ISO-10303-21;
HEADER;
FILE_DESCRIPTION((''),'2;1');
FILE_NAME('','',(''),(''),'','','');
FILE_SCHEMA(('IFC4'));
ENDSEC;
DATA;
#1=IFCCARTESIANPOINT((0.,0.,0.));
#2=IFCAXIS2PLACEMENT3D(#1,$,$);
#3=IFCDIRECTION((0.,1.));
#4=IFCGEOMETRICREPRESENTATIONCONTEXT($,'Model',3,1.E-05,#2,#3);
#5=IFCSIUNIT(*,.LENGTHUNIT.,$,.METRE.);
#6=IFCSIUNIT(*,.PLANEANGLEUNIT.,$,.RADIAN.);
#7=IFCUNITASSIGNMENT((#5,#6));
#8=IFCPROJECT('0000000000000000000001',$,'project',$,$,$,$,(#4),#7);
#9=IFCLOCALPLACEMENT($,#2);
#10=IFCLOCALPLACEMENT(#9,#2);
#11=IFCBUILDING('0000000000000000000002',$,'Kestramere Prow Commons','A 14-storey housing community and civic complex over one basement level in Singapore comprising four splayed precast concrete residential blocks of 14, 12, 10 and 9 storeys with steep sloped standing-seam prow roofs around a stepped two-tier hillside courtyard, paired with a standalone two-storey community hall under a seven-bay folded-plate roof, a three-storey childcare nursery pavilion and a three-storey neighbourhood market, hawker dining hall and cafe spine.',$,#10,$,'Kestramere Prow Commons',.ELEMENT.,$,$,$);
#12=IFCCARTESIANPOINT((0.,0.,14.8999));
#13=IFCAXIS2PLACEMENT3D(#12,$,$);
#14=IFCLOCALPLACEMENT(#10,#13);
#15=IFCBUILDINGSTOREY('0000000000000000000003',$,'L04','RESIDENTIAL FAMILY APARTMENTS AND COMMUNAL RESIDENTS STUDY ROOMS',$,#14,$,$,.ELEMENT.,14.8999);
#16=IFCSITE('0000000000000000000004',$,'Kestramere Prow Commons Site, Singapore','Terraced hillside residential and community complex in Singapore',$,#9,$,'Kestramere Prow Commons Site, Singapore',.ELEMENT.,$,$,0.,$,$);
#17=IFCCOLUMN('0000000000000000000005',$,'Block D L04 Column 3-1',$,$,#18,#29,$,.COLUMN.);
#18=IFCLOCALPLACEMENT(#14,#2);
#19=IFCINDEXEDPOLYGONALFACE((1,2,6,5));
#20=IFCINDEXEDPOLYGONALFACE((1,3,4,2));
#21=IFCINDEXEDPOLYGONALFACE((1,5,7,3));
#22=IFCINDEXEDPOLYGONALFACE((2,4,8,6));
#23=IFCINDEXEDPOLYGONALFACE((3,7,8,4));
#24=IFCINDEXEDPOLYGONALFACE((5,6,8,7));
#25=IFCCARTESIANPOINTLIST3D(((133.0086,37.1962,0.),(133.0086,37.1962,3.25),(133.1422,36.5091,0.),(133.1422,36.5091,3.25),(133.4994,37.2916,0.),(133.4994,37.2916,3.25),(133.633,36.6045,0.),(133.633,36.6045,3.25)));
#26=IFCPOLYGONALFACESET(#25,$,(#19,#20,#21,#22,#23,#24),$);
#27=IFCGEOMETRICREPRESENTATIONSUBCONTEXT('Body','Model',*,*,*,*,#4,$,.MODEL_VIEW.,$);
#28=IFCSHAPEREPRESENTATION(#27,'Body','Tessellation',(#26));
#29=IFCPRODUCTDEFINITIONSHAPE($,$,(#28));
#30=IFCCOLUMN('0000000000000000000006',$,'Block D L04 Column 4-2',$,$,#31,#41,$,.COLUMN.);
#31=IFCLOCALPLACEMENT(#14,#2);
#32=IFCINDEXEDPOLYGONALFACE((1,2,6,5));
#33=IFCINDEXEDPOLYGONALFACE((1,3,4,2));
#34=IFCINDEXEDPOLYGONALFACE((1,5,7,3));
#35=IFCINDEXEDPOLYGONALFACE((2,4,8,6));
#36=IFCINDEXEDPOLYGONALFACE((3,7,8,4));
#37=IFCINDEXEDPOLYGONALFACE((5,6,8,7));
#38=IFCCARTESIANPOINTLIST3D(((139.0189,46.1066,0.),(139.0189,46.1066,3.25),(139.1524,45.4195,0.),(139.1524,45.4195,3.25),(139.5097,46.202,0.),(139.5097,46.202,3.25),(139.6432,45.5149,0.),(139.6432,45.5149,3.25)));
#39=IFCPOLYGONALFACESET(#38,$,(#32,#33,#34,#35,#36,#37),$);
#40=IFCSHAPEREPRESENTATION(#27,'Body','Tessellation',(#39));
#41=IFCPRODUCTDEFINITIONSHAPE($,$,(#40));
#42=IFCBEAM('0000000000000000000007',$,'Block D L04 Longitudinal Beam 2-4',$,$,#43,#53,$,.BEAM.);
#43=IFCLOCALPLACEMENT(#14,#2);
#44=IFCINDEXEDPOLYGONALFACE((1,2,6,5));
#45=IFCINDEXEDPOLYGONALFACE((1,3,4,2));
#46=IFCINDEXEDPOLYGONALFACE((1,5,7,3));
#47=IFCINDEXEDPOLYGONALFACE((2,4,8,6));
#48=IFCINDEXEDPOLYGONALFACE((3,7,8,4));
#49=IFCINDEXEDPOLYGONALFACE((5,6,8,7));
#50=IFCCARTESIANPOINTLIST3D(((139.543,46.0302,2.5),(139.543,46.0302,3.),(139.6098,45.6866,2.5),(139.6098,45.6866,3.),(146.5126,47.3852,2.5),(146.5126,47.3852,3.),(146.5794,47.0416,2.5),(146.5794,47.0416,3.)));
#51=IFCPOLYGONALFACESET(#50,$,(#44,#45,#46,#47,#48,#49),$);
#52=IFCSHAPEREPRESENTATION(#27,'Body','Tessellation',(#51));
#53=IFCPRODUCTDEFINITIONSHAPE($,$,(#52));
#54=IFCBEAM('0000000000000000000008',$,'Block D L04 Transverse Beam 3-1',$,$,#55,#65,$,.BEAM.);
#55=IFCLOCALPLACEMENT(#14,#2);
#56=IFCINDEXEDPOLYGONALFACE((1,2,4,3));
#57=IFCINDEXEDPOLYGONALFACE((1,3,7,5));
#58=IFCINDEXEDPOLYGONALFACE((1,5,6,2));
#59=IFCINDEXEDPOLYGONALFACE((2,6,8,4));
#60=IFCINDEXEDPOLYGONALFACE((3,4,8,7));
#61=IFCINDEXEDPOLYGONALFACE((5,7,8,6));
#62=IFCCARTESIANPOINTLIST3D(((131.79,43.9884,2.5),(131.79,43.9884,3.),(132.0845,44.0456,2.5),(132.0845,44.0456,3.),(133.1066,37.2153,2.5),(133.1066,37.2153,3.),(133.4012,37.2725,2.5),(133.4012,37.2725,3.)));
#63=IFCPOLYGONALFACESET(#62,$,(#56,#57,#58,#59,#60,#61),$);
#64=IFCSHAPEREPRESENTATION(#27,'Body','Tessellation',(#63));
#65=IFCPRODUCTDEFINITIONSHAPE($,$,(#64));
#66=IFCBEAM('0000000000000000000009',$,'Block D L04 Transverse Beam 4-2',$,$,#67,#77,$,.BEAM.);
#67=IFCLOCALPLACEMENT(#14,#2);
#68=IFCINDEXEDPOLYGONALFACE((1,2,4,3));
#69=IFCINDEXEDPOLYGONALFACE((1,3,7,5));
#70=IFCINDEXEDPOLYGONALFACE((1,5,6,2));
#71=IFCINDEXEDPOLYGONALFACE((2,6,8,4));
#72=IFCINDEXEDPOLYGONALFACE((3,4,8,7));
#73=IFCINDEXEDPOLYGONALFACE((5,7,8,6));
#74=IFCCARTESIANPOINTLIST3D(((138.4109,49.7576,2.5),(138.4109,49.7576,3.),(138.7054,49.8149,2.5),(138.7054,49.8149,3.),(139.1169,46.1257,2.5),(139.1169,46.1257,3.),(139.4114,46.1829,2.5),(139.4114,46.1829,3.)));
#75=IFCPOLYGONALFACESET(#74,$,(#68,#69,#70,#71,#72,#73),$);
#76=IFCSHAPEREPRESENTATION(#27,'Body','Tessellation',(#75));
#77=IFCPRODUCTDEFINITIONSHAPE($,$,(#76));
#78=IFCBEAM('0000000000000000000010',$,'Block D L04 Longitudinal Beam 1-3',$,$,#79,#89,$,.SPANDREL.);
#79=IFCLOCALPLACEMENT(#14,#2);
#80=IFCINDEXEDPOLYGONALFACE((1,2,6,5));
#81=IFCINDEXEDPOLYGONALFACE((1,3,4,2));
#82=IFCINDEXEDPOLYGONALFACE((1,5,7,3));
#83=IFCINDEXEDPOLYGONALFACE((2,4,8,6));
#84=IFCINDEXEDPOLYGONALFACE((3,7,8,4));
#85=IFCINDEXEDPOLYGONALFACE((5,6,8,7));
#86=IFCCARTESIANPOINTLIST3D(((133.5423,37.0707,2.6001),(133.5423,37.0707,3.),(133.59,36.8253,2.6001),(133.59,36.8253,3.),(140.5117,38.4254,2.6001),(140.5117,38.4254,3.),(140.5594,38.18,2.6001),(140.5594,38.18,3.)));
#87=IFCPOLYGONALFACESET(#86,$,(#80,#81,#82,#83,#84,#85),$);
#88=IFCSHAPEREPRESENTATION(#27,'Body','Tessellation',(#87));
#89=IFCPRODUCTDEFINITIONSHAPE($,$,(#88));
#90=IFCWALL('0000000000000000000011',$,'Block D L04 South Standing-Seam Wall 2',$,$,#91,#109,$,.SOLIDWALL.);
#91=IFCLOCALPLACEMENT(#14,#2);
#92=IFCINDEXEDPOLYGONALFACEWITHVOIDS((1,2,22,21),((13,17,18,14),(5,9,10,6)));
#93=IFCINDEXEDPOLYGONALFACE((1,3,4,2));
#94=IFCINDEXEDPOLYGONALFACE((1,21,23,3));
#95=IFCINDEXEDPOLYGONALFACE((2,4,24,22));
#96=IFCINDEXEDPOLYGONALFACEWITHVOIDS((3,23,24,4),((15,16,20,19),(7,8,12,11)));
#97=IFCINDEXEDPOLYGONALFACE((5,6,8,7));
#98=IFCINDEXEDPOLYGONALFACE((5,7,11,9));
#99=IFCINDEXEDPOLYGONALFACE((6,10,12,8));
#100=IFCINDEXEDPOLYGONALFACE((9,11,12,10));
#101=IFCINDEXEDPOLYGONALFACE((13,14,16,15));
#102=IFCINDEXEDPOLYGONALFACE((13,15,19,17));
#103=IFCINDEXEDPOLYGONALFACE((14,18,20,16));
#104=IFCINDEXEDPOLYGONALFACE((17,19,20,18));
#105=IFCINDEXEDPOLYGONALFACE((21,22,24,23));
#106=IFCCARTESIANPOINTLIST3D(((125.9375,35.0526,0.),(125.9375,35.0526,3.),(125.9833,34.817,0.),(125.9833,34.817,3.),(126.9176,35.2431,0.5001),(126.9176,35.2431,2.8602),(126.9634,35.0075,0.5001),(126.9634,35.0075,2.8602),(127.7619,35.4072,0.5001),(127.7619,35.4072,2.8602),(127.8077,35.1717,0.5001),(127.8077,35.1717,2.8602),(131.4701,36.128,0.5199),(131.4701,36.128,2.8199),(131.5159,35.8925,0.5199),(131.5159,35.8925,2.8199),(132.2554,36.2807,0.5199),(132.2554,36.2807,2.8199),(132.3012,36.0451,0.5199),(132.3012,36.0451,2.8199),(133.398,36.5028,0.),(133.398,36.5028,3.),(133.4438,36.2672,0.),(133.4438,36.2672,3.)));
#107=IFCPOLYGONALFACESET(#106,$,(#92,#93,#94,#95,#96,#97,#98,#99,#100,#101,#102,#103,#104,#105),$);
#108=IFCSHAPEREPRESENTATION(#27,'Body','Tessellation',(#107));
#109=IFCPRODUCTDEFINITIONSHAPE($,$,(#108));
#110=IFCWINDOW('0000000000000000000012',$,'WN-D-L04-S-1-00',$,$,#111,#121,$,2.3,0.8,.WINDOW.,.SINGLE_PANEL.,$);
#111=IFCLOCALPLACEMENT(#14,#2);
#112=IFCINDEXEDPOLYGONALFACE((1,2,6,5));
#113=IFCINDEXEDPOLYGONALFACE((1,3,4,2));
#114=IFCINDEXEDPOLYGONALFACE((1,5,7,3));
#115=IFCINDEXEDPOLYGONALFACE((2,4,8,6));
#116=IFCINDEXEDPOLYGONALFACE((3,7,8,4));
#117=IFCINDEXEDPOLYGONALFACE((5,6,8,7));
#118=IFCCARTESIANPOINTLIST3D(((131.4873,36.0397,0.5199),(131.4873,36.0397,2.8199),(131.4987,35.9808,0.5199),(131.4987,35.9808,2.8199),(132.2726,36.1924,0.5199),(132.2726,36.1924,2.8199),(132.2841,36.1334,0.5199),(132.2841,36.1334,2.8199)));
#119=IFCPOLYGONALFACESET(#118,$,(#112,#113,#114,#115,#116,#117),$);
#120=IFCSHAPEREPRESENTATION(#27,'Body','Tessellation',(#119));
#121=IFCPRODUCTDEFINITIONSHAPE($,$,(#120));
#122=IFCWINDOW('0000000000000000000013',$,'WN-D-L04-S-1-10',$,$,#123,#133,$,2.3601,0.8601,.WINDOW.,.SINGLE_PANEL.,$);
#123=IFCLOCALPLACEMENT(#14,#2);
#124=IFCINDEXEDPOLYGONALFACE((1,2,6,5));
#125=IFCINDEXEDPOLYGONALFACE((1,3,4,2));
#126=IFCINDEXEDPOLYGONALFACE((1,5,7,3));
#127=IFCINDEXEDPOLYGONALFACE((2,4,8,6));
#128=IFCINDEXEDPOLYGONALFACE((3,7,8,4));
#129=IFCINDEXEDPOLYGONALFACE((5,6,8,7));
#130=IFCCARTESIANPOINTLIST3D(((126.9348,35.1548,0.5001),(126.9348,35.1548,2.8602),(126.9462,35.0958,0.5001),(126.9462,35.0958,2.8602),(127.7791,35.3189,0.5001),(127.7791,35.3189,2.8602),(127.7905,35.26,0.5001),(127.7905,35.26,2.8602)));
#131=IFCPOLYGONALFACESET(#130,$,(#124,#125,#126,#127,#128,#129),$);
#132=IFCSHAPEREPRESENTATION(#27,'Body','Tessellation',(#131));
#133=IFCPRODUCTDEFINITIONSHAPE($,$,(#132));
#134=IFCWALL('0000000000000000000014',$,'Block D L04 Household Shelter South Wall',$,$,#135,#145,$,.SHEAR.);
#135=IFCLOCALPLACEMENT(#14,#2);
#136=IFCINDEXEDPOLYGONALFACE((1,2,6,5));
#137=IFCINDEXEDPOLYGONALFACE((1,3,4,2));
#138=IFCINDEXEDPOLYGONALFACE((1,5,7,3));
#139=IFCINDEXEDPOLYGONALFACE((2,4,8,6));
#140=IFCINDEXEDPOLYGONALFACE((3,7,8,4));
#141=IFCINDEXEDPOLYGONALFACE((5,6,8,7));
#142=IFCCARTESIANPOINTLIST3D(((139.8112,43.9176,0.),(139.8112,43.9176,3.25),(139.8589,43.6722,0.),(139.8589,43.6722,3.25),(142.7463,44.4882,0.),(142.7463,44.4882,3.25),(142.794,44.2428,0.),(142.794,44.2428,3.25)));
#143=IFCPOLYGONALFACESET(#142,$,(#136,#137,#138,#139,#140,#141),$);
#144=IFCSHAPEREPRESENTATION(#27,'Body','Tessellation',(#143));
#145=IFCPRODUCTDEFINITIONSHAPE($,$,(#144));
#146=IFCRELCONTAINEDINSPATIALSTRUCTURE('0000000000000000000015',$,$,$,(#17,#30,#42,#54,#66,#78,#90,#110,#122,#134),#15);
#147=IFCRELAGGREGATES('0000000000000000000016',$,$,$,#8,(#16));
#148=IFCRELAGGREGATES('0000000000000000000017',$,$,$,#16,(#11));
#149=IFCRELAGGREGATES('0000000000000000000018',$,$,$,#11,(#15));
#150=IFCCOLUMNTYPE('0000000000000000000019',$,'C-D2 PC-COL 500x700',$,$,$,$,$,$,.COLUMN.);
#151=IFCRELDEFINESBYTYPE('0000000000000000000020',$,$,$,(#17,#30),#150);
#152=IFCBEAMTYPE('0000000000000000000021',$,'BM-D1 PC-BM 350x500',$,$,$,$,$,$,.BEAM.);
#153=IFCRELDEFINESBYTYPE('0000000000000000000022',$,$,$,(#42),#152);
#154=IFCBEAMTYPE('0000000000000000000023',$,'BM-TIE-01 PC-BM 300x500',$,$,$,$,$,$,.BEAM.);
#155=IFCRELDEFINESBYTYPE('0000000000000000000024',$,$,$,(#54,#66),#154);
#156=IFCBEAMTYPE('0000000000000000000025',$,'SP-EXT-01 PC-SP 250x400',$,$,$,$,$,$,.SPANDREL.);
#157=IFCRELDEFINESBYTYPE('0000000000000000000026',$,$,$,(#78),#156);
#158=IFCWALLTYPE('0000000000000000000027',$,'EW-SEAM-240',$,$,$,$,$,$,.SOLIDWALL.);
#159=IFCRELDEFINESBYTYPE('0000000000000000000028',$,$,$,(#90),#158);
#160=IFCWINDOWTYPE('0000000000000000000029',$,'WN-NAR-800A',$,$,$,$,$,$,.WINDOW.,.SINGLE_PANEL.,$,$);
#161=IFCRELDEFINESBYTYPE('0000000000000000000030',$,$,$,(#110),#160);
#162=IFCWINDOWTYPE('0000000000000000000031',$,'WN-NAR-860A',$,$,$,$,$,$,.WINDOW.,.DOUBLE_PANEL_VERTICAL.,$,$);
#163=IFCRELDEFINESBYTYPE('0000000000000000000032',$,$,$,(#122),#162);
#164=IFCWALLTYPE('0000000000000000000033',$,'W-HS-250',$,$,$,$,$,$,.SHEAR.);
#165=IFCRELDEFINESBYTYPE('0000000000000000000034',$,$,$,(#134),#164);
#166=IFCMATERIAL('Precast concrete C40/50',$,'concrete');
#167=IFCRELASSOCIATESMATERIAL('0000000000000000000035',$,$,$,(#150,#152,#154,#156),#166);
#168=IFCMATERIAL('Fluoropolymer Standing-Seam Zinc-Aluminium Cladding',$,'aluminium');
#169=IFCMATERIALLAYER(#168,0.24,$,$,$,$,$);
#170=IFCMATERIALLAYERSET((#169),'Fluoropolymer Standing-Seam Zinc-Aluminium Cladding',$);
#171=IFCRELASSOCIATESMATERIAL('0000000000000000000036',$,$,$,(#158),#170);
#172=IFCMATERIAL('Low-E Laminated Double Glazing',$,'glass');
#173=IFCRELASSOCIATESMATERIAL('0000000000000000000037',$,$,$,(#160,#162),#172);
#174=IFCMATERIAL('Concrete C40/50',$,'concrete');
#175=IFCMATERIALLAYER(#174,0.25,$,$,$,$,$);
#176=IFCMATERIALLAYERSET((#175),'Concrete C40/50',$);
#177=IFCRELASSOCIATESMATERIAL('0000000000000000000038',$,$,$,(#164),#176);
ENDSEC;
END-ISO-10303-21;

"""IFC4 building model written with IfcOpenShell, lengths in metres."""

from ifc_helpers import new_model, si_unit, direction, frame, frame_2d, origin, origin_2d, place, context, subcontext, project, spatial, rectangle, extrude, material, layer, layer_set, material_profile, profile_set, type_object, element, fill, save


model = new_model("IFC4")

# Units and contexts
model_context = context("Model", 3, precision=1e-05, world=origin(), true_north=direction((0.0, 1.0)))
body_context = subcontext(model_context, "Body", "Model", "MODEL_VIEW")
ifc_project = project(units=[si_unit("LENGTHUNIT", "METRE"), si_unit("PLANEANGLEUNIT", "RADIAN")], contexts=[model_context])

# Site, building, storey
site_placement = place(None, origin())
site = spatial("IfcSite", under=ifc_project, at=site_placement, Name="Kestramere Prow Commons Site, Singapore", Description="Terraced hillside residential and community complex in Singapore", LongName="Kestramere Prow Commons Site, Singapore", CompositionType="ELEMENT", RefElevation=0.0)
building_placement = place(site_placement, origin())
building = spatial("IfcBuilding", under=site, at=building_placement, Name="Kestramere Prow Commons", Description="A 14-storey housing community and civic complex over one basement level in Singapore comprising four splayed precast concrete residential blocks of 14, 12, 10 and 9 storeys with steep sloped standing-seam prow roofs around a stepped two-tier hillside courtyard, paired with a standalone two-storey community hall under a seven-bay folded-plate roof, a three-storey childcare nursery pavilion and a three-storey neighbourhood market, hawker dining hall and cafe spine.", LongName="Kestramere Prow Commons", CompositionType="ELEMENT")
storey_placement = place(building_placement, frame((0.0, 0.0, 14.8999)))
storey = spatial("IfcBuildingStorey", under=building, at=storey_placement, Name="L04", Description="RESIDENTIAL FAMILY APARTMENTS AND COMMUNAL RESIDENTS STUDY ROOMS", CompositionType="ELEMENT", Elevation=14.8999)

# Columns
ifc_material_1 = material(Name="Precast concrete C40/50", Category="concrete")
ifc_material_profile_1 = material_profile(ifc_material_1, rectangle(XDim=0.5, YDim=0.7, at=origin_2d()), Name="PC-COL 500x700")
ifc_profile_set_1 = profile_set([ifc_material_profile_1], Name="Precast concrete C40/50")
column_type = type_object("IfcColumnType", Name="C-D2 PC-COL 500x700", PredefinedType="COLUMN", material=ifc_profile_set_1)
for number, where, z_axis, x_axis, name in (
    (1, (133.3208, 36.9004, 0.0), (0.0, 0.0, 1.0), (0.981627, 0.190809, 0.0), "Block D L04 Column 3-1"),
    (2, (139.3311, 45.8108, 0.0), (0.0, 0.0, 1.0), (0.981627, 0.190809, 0.0), "Block D L04 Column 4-2"),
):
    element("IfcColumn", number, at=place(storey_placement, frame(where, z_axis=z_axis, x_axis=x_axis)), inside=storey, type_object=column_type, Name=name, PredefinedType="COLUMN", context=body_context, shape_type="SweptSolid", body=[
        extrude(rectangle(XDim=0.5, YDim=0.7, at=origin_2d()), origin(), (0.0, 0.0, 1.0), 3.25),
    ])

# Beams
ifc_material_profile_2 = material_profile(ifc_material_1, rectangle(XDim=0.3501, YDim=0.5, at=origin_2d()), Name="PC-BM 350x500")
ifc_profile_set_2 = profile_set([ifc_material_profile_2], Name="Precast concrete C40/50")
beam_type_1 = type_object("IfcBeamType", Name="BM-D1 PC-BM 350x500", PredefinedType="BEAM", material=ifc_profile_set_2)
beam_1_placement = place(storey_placement, frame((139.5764, 45.8584, 2.75), z_axis=(0.981621, 0.190843, 0.0), x_axis=(-0.190843, 0.981621, 0.0)))
element("IfcBeam", 3, at=beam_1_placement, inside=storey, type_object=beam_type_1, Name="Block D L04 Longitudinal Beam 2-4", PredefinedType="BEAM", context=body_context, shape_type="SweptSolid", body=[
    extrude(rectangle(XDim=0.3501, YDim=0.5, at=origin_2d()), origin(), (0.0, 0.0, 1.0), 7.1001),
])
ifc_material_profile_3 = material_profile(ifc_material_1, rectangle(XDim=0.3, YDim=0.5, at=origin_2d()), Name="PC-BM 300x500")
ifc_profile_set_3 = profile_set([ifc_material_profile_3], Name="Precast concrete C40/50")
beam_type_2 = type_object("IfcBeamType", Name="BM-TIE-01 PC-BM 300x500", PredefinedType="BEAM", material=ifc_profile_set_3)
beam_2_placement = place(storey_placement, frame((133.2539, 37.2439, 2.75), z_axis=(-0.190819, 0.981625, 0.0), x_axis=(-0.981625, -0.190819, 0.0)))
element("IfcBeam", 4, at=beam_2_placement, inside=storey, type_object=beam_type_2, Name="Block D L04 Transverse Beam 3-1", PredefinedType="BEAM", context=body_context, shape_type="SweptSolid", body=[
    extrude(rectangle(XDim=0.3, YDim=0.5, at=origin_2d()), origin(), (0.0, 0.0, 1.0), 6.8999),
])
beam_3_placement = place(storey_placement, frame((139.2642, 46.1543, 2.75), z_axis=(-0.190822, 0.981625, 0.0), x_axis=(-0.981625, -0.190822, 0.0)))
element("IfcBeam", 5, at=beam_3_placement, inside=storey, type_object=beam_type_2, Name="Block D L04 Transverse Beam 4-2", PredefinedType="BEAM", context=body_context, shape_type="SweptSolid", body=[
    extrude(rectangle(XDim=0.3, YDim=0.5, at=origin_2d()), origin(), (0.0, 0.0, 1.0), 3.7),
])
ifc_material_profile_4 = material_profile(ifc_material_1, rectangle(XDim=0.25, YDim=0.3999, at=origin_2d()), Name="PC-SP 250x400")
ifc_profile_set_4 = profile_set([ifc_material_profile_4], Name="Precast concrete C40/50")
beam_type_3 = type_object("IfcBeamType", Name="SP-EXT-01 PC-SP 250x400", PredefinedType="SPANDREL", material=ifc_profile_set_4)
beam_4_placement = place(storey_placement, frame((133.5662, 36.948, 2.8), z_axis=(0.981627, 0.19081, 0.0), x_axis=(-0.19081, 0.981627, 0.0)))
element("IfcBeam", 6, at=beam_4_placement, inside=storey, type_object=beam_type_3, Name="Block D L04 Longitudinal Beam 1-3", PredefinedType="SPANDREL", context=body_context, shape_type="SweptSolid", body=[
    extrude(rectangle(XDim=0.25, YDim=0.3999, at=origin_2d()), origin(), (0.0, 0.0, 1.0), 7.0999),
])

# Wall, openings, windows
ifc_material_2 = material(Name="Fluoropolymer Standing-Seam Zinc-Aluminium Cladding", Category="aluminium")
ifc_layer_1 = layer(ifc_material_2, 0.24)
ifc_layer_set_1 = layer_set([ifc_layer_1], Name="Fluoropolymer Standing-Seam Zinc-Aluminium Cladding")
wall_type_1 = type_object("IfcWallType", Name="EW-SEAM-240", PredefinedType="SOLIDWALL", material=ifc_layer_set_1)
wall_1_placement = place(storey_placement, frame((133.4209, 36.385, 0.0), z_axis=(0.0, 0.0, 1.0), x_axis=(-0.981626, -0.190813, 0.0)))
wall_1 = element("IfcWall", 7, at=wall_1_placement, inside=storey, type_object=wall_type_1, Name="Block D L04 South Standing-Seam Wall 2", PredefinedType="SOLIDWALL", context=body_context, shape_type="SweptSolid", body=[
    extrude(rectangle(XDim=7.6001, YDim=0.24, at=frame_2d((3.8, 0.0))), origin(), (0.0, 0.0, 1.0), 3.0),
])
opening_1_placement = place(wall_1_placement, frame((1.1641, 0.0, 0.52)))
opening_1 = element("IfcOpeningElement", 8, at=opening_1_placement, cuts=wall_1, PredefinedType="OPENING", context=body_context, shape_type="SweptSolid", body=[
    extrude(rectangle(XDim=0.8, YDim=2.3, at=frame_2d((0.3999, 1.1499))), frame((0.0, 0.135, 0.0), z_axis=(0.0, -1.0, 0.0), x_axis=(1.0, 0.0, 0.0)), (0.0, 0.0, 1.0), 0.27),
])
opening_2_placement = place(wall_1_placement, frame((5.7415, 0.0, 0.5)))
opening_2 = element("IfcOpeningElement", 9, at=opening_2_placement, cuts=wall_1, PredefinedType="OPENING", context=body_context, shape_type="SweptSolid", body=[
    extrude(rectangle(XDim=0.8601, YDim=2.3601, at=frame_2d((0.4302, 1.1802))), frame((0.0, 0.135, 0.0), z_axis=(0.0, -1.0, 0.0), x_axis=(1.0, 0.0, 0.0)), (0.0, 0.0, 1.0), 0.27),
])
ifc_material_3 = material(Name="Low-E Laminated Double Glazing", Category="glass")
window_type_1 = type_object("IfcWindowType", Name="WN-NAR-800A", PartitioningType="SINGLE_PANEL", PredefinedType="WINDOW", material=ifc_material_3)
window_1_placement = place(opening_1_placement, origin())
window_1 = element("IfcWindow", 10, at=window_1_placement, inside=storey, type_object=window_type_1, Name="WN-D-L04-S-1-00", OverallHeight=2.3, OverallWidth=0.8, PartitioningType="SINGLE_PANEL", PredefinedType="WINDOW", context=body_context, shape_type="SweptSolid", body=[
    extrude(rectangle(XDim=0.8, YDim=2.3, at=frame_2d((0.3999, 1.1499))), frame((0.0, 0.03, 0.0), z_axis=(0.0, -1.0, 0.0), x_axis=(1.0, 0.0, 0.0)), (0.0, 0.0, 1.0), 0.0601),
])
fill(opening_1, window_1)
window_type_2 = type_object("IfcWindowType", Name="WN-NAR-860A", PartitioningType="DOUBLE_PANEL_VERTICAL", PredefinedType="WINDOW", material=ifc_material_3)
window_2_placement = place(opening_2_placement, origin())
window_2 = element("IfcWindow", 11, at=window_2_placement, inside=storey, type_object=window_type_2, Name="WN-D-L04-S-1-10", OverallHeight=2.3601, OverallWidth=0.8601, PartitioningType="SINGLE_PANEL", PredefinedType="WINDOW", context=body_context, shape_type="SweptSolid", body=[
    extrude(rectangle(XDim=0.8601, YDim=2.3601, at=frame_2d((0.4302, 1.1802))), frame((0.0, 0.03, 0.0), z_axis=(0.0, -1.0, 0.0), x_axis=(1.0, 0.0, 0.0)), (0.0, 0.0, 1.0), 0.0601),
])
fill(opening_2, window_2)

# Wall
ifc_material_4 = material(Name="Concrete C40/50", Category="concrete")
ifc_layer_2 = layer(ifc_material_4, 0.25)
ifc_layer_set_2 = layer_set([ifc_layer_2], Name="Concrete C40/50")
wall_type_2 = type_object("IfcWallType", Name="W-HS-250", PredefinedType="SHEAR", material=ifc_layer_set_2)
wall_2_placement = place(storey_placement, frame((139.835, 43.7949, 0.0), z_axis=(0.0, 0.0, 1.0), x_axis=(0.981625, 0.190822, 0.0)))
element("IfcWall", 12, at=wall_2_placement, inside=storey, type_object=wall_type_2, Name="Block D L04 Household Shelter South Wall", PredefinedType="SHEAR", context=body_context, shape_type="SweptSolid", body=[
    extrude(rectangle(XDim=2.99, YDim=0.25, at=frame_2d((1.4951, 0.0))), origin(), (0.0, 0.0, 1.0), 3.25),
])

save(model, "model.ifc")
